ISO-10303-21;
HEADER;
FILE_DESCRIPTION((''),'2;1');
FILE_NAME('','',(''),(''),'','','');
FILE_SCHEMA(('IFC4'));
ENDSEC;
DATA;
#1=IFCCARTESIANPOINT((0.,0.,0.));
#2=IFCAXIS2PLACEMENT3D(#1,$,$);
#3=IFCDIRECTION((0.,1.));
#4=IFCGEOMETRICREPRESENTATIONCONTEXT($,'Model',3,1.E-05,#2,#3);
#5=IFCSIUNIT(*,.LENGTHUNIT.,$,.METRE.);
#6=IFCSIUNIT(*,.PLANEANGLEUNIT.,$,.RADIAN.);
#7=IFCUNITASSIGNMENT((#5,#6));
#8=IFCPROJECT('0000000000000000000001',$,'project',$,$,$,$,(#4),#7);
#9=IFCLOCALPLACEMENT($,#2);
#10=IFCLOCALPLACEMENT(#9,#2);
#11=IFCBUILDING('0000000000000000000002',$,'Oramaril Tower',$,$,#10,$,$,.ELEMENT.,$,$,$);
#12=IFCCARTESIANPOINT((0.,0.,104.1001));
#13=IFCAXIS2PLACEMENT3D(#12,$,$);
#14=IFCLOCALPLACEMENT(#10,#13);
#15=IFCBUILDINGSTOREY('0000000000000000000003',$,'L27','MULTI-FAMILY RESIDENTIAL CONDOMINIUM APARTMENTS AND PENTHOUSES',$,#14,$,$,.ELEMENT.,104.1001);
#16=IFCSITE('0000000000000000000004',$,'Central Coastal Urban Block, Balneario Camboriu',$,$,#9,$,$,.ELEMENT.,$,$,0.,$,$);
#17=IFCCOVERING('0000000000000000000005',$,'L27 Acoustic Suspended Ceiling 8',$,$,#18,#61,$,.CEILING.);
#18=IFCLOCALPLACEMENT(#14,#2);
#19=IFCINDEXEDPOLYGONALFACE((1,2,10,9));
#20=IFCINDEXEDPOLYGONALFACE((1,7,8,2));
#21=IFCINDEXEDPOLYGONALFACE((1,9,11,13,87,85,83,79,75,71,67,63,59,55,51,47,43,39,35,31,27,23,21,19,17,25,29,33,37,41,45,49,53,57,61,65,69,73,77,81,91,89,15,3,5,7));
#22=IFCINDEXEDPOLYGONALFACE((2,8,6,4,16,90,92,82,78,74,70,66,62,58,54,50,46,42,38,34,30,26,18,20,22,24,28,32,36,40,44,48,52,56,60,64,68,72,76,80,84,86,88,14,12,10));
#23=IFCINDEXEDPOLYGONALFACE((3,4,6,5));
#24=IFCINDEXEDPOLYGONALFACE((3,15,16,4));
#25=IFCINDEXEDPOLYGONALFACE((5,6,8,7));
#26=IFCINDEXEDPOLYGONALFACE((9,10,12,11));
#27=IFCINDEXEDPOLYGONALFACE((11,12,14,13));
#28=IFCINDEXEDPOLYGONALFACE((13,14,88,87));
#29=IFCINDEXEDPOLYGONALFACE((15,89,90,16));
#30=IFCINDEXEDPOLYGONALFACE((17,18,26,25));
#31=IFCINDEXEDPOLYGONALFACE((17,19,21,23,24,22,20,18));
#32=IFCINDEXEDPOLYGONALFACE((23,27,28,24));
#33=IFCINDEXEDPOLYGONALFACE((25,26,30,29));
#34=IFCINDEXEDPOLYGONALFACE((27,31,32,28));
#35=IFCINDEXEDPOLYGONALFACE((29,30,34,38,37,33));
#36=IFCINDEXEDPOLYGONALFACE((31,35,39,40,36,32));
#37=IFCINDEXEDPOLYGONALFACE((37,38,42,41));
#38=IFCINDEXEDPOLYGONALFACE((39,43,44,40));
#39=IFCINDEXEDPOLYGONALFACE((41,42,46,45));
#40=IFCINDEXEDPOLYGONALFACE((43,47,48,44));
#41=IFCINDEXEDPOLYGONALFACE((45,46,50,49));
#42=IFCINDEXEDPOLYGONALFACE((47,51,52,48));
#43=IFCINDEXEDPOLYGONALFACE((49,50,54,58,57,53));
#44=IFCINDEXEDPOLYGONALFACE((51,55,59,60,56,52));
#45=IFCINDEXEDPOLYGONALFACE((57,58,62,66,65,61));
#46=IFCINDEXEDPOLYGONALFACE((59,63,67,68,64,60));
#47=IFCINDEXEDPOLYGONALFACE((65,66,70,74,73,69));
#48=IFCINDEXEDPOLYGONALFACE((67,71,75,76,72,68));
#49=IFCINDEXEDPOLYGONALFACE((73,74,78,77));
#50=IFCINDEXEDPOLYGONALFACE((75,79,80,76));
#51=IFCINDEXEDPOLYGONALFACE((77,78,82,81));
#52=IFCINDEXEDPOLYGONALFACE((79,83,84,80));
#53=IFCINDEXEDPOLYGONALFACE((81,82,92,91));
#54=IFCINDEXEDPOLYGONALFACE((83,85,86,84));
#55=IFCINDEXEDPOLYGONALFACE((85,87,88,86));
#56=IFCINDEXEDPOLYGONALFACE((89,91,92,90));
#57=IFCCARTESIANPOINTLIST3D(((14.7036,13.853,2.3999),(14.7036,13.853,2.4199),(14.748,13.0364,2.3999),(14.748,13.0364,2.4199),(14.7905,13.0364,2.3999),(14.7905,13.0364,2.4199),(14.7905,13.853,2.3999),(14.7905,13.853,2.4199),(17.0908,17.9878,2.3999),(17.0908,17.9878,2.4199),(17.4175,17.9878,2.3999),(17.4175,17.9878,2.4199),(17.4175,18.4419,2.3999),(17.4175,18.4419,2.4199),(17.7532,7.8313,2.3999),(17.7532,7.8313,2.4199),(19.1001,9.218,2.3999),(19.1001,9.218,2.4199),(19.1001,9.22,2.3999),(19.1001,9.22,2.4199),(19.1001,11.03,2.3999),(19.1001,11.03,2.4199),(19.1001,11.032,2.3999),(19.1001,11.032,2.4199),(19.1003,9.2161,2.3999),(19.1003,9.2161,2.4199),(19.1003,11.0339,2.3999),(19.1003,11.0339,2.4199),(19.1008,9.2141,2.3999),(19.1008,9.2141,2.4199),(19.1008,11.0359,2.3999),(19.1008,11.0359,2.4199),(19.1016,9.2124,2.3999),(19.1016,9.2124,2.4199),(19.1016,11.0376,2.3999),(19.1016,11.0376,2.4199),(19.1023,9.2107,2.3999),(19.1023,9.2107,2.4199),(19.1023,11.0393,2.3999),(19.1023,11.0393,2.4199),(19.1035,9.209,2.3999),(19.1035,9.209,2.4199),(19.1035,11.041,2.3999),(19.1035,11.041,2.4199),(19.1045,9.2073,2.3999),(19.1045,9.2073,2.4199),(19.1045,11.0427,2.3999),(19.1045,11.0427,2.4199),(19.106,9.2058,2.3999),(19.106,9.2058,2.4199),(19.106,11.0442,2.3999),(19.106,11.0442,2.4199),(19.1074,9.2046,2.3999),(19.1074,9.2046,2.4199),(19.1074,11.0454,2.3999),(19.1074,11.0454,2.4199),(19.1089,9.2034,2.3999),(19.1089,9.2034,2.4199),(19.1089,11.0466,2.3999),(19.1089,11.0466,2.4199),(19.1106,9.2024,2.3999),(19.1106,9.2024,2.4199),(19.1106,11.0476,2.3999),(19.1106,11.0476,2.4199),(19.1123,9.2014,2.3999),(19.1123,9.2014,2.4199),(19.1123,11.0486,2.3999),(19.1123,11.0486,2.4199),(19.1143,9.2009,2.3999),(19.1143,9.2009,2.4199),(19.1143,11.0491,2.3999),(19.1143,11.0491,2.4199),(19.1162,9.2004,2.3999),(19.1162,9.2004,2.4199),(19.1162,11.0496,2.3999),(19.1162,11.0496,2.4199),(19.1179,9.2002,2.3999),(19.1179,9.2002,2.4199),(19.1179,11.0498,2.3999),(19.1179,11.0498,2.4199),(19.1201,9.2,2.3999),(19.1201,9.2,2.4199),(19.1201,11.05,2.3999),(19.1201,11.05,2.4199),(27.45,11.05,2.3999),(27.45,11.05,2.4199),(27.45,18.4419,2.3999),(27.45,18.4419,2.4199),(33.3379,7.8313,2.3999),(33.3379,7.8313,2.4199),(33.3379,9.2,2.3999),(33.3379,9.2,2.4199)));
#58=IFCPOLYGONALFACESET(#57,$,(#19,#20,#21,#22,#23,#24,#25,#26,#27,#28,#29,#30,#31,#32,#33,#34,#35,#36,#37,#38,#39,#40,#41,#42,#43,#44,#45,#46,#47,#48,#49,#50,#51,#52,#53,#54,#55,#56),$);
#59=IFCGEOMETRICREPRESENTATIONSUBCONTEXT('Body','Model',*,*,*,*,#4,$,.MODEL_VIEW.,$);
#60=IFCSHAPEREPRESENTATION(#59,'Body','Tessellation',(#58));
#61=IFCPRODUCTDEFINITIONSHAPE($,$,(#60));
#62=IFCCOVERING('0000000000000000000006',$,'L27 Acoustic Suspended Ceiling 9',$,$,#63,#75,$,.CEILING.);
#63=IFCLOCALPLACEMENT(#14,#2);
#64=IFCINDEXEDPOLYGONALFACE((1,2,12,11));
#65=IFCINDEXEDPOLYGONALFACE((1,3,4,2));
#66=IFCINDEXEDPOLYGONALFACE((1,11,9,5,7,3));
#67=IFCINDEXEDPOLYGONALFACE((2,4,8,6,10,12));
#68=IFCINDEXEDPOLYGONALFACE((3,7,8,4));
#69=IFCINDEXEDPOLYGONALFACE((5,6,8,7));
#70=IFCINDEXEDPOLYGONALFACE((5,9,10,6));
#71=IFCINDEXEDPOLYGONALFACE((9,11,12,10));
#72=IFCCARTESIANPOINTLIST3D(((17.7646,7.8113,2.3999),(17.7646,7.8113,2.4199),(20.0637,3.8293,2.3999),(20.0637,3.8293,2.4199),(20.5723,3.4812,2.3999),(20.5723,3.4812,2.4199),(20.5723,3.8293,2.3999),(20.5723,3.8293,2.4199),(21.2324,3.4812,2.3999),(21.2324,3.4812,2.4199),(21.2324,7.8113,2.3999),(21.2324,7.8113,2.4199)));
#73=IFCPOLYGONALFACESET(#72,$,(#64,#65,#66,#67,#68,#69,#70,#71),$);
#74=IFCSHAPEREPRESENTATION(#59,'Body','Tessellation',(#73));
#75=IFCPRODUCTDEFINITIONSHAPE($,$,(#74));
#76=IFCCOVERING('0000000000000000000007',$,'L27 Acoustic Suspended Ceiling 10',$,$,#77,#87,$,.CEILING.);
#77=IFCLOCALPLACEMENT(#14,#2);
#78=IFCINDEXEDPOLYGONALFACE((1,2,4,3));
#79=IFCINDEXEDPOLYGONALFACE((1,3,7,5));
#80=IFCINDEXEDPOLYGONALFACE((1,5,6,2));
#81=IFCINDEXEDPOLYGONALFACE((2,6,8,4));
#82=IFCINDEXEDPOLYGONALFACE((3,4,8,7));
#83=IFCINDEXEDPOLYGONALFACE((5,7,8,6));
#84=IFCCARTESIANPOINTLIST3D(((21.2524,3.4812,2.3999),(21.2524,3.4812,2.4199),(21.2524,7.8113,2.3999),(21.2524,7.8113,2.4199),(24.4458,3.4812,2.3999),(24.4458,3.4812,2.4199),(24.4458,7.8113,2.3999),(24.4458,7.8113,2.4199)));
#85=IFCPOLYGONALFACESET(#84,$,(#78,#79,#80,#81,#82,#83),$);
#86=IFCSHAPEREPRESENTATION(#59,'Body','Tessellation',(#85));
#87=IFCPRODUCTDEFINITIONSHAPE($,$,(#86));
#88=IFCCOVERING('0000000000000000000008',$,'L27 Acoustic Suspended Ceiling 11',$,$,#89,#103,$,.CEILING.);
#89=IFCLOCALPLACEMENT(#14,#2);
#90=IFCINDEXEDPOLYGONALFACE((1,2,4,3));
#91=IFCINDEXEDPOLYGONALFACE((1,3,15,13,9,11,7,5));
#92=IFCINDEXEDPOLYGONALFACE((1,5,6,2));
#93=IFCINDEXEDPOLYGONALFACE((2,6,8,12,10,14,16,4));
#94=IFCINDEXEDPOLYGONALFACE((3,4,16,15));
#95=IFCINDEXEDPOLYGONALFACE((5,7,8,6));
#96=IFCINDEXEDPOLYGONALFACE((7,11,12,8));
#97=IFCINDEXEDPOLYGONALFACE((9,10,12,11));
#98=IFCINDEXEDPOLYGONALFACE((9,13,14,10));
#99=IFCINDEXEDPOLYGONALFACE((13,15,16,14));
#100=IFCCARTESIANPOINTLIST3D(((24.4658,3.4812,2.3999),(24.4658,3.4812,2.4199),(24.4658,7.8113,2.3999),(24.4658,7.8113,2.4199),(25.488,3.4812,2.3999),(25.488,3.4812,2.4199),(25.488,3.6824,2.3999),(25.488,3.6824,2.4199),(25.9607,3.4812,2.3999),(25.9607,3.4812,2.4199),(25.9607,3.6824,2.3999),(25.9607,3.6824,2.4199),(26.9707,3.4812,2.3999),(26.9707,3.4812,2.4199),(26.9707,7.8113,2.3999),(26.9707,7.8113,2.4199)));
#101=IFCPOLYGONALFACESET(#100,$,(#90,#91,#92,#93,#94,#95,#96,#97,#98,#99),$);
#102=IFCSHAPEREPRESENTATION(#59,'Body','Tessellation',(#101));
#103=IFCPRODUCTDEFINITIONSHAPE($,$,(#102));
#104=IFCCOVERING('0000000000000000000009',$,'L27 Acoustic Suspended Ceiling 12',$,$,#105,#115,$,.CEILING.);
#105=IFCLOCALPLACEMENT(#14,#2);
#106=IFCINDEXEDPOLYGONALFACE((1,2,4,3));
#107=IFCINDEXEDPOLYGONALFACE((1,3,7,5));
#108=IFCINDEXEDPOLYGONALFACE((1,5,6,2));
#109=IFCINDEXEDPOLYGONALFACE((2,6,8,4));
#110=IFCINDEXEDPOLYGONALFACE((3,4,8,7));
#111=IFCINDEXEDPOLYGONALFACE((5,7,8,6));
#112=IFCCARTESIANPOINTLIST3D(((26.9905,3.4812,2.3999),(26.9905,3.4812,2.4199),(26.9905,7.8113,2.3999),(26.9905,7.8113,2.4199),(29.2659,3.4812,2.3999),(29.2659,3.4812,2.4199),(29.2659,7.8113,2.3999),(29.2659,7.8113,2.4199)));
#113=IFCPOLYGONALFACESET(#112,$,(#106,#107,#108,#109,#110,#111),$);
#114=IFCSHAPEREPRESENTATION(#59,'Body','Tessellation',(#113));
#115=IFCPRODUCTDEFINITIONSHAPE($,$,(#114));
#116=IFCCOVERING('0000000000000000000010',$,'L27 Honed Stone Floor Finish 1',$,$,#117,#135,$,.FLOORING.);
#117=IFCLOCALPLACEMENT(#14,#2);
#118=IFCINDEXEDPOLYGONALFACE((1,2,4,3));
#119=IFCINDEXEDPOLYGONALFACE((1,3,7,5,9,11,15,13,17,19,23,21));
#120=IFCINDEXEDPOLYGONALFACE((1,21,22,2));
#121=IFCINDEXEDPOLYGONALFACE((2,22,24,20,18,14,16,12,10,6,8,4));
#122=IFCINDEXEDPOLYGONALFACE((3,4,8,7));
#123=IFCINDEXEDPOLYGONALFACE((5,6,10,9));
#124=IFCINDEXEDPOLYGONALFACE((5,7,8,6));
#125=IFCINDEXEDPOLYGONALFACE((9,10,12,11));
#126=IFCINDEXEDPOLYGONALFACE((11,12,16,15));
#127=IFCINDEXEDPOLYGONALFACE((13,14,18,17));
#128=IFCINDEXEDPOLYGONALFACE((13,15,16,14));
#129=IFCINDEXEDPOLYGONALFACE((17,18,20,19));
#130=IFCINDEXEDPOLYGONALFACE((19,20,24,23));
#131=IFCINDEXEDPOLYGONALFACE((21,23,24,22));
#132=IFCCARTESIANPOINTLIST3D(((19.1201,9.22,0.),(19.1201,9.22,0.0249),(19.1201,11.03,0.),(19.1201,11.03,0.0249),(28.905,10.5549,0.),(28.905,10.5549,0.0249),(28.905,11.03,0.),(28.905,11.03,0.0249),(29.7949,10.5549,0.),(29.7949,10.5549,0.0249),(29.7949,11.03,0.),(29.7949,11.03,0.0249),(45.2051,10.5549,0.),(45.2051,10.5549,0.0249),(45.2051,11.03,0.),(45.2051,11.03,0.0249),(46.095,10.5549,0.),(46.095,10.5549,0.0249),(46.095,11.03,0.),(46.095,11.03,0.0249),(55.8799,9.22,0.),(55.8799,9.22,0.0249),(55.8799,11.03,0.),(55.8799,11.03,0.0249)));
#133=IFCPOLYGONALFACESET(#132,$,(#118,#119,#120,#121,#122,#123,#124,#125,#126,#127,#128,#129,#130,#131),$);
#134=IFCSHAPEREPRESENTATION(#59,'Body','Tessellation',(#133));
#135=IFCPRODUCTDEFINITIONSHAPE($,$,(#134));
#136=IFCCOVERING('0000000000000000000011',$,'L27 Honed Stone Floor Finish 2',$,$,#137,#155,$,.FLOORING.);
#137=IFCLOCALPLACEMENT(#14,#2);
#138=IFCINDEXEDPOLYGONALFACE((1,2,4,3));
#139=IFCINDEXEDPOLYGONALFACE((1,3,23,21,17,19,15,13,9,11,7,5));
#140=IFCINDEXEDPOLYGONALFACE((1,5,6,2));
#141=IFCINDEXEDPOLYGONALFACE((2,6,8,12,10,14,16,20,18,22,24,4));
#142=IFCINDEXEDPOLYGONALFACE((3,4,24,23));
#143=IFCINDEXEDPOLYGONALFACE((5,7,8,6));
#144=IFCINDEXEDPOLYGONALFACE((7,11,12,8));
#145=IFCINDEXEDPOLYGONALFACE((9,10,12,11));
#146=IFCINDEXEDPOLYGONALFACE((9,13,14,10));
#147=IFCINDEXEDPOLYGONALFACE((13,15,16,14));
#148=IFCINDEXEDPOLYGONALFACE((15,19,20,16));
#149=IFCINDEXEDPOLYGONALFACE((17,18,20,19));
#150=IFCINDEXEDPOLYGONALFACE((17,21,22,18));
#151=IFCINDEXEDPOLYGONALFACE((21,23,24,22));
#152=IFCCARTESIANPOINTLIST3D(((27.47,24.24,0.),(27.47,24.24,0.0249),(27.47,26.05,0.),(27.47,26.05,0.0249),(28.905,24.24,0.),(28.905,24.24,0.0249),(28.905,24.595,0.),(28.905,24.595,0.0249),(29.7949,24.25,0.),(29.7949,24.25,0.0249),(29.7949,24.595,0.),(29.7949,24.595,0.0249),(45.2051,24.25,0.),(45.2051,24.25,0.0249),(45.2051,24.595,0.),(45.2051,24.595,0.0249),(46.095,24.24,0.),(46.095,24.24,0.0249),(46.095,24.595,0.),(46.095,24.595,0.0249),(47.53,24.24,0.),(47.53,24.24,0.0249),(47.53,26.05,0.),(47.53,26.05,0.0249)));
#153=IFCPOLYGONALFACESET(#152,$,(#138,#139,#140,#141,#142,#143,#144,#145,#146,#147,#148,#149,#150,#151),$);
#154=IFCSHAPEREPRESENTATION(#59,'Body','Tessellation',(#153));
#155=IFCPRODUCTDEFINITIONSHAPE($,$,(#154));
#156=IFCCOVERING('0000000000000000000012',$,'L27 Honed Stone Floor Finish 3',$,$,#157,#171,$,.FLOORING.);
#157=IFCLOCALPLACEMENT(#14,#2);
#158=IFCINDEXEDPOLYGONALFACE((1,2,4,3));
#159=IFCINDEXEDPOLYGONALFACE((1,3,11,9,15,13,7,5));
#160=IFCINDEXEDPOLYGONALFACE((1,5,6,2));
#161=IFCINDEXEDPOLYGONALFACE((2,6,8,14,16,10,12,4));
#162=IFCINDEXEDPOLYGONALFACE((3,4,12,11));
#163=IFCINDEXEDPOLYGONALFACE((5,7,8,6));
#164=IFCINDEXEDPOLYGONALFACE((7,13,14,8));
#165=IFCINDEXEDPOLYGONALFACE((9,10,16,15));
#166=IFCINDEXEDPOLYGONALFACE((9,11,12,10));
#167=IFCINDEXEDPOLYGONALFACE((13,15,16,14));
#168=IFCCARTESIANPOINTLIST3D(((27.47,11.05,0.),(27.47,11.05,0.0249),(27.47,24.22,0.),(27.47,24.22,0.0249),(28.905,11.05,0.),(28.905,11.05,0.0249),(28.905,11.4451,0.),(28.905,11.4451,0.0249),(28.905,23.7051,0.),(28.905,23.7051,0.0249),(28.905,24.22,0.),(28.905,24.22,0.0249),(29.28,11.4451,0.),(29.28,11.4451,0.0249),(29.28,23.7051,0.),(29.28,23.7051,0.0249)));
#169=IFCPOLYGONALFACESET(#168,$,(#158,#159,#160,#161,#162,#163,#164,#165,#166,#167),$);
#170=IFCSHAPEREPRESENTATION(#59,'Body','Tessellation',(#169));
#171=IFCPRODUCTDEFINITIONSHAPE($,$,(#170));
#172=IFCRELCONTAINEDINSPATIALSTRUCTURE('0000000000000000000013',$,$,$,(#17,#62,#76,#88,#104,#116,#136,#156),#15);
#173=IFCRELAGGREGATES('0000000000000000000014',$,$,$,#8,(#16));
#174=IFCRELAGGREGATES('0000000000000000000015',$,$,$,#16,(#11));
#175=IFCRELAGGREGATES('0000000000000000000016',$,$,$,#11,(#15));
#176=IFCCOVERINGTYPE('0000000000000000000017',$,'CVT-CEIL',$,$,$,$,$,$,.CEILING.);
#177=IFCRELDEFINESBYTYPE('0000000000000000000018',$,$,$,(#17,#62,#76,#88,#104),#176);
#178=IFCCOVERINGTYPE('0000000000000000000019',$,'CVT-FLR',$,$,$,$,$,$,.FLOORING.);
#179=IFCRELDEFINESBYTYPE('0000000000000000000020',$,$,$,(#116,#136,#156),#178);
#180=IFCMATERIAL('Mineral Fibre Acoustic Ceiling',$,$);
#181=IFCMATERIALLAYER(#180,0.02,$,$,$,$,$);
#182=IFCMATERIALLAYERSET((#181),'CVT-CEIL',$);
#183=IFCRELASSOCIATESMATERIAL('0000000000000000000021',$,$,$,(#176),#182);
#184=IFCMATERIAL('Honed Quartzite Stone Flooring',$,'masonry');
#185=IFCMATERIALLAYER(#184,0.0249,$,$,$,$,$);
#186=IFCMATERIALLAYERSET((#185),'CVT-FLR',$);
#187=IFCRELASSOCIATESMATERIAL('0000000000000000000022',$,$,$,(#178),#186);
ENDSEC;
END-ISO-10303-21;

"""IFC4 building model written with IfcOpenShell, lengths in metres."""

from ifc_helpers import new_model, si_unit, direction, frame, origin, place, context, subcontext, project, spatial, polyline, outline, extrude, material, layer, layer_set, type_object, element, save


model = new_model("IFC4")

# Units and contexts
model_context = context("Model", 3, precision=1e-05, world=origin(), true_north=direction((0.0, 1.0)))
body_context = subcontext(model_context, "Body", "Model", "MODEL_VIEW")
ifc_project = project(units=[si_unit("LENGTHUNIT", "METRE"), si_unit("PLANEANGLEUNIT", "RADIAN")], contexts=[model_context])

# Site, building, storey
site_placement = place(None, origin())
site = spatial("IfcSite", under=ifc_project, at=site_placement, Name="Central Coastal Urban Block, Balneario Camboriu", CompositionType="ELEMENT", RefElevation=0.0)
building_placement = place(site_placement, origin())
building = spatial("IfcBuilding", under=site, at=building_placement, Name="Oramaril Tower", CompositionType="ELEMENT")
storey_placement = place(building_placement, frame((0.0, 0.0, 104.1001)))
storey = spatial("IfcBuildingStorey", under=building, at=storey_placement, Name="L27", Description="MULTI-FAMILY RESIDENTIAL CONDOMINIUM APARTMENTS AND PENTHOUSES", CompositionType="ELEMENT", Elevation=104.1001)

# Coverings
ifc_material_1 = material(Name="Mineral Fibre Acoustic Ceiling")
ifc_layer_1 = layer(ifc_material_1, 0.02)
ifc_layer_set_1 = layer_set([ifc_layer_1], Name="CVT-CEIL")
covering_type_1 = type_object("IfcCoveringType", Name="CVT-CEIL", PredefinedType="CEILING", material=ifc_layer_set_1)
covering_1_placement = place(storey_placement, frame((0.0, 0.0, 2.3999)))
element("IfcCovering", 1, at=covering_1_placement, inside=storey, type_object=covering_type_1, Name="L27 Acoustic Suspended Ceiling 8", PredefinedType="CEILING", context=body_context, shape_type="SweptSolid", body=[
    extrude(outline(polyline([(17.4175, 17.9878), (17.4175, 18.4419), (27.45, 18.4419), (27.45, 11.05), (19.1201, 11.05), (19.1179, 11.0498), (19.1162, 11.0496), (19.1143, 11.0491), (19.1123, 11.0486), (19.1106, 11.0476), (19.1089, 11.0466), (19.1074, 11.0454), (19.106, 11.0442), (19.1045, 11.0427), (19.1035, 11.041), (19.1023, 11.0393), (19.1016, 11.0376), (19.1008, 11.0359), (19.1003, 11.0339), (19.1001, 11.032), (19.1001, 11.03), (19.1001, 9.22), (19.1001, 9.218), (19.1003, 9.2161), (19.1008, 9.2141), (19.1016, 9.2124), (19.1023, 9.2107), (19.1035, 9.209), (19.1045, 9.2073), (19.106, 9.2058), (19.1074, 9.2046), (19.1089, 9.2034), (19.1106, 9.2024), (19.1123, 9.2014), (19.1143, 9.2009), (19.1162, 9.2004), (19.1179, 9.2002), (19.1201, 9.2), (33.3379, 9.2), (33.3379, 7.8313), (17.7532, 7.8313), (14.748, 13.0364), (14.7905, 13.0364), (14.7905, 13.853), (14.7036, 13.853), (17.0908, 17.9878), (17.4175, 17.9878)])), origin(), (0.0, 0.0, 1.0), 0.02),
])
covering_2_placement = place(storey_placement, frame((0.0, 0.0, 2.3999)))
element("IfcCovering", 2, at=covering_2_placement, inside=storey, type_object=covering_type_1, Name="L27 Acoustic Suspended Ceiling 9", PredefinedType="CEILING", context=body_context, shape_type="SweptSolid", body=[
    extrude(outline(polyline([(20.5723, 3.4812), (20.5723, 3.8293), (20.0637, 3.8293), (17.7646, 7.8113), (21.2324, 7.8113), (21.2324, 3.4812), (20.5723, 3.4812)])), origin(), (0.0, 0.0, 1.0), 0.02),
])
covering_3_placement = place(storey_placement, frame((0.0, 0.0, 2.3999)))
element("IfcCovering", 3, at=covering_3_placement, inside=storey, type_object=covering_type_1, Name="L27 Acoustic Suspended Ceiling 10", PredefinedType="CEILING", context=body_context, shape_type="SweptSolid", body=[
    extrude(outline(polyline([(21.2524, 3.4812), (21.2524, 7.8113), (24.4458, 7.8113), (24.4458, 3.4812), (21.2524, 3.4812)])), origin(), (0.0, 0.0, 1.0), 0.02),
])
covering_4_placement = place(storey_placement, frame((0.0, 0.0, 2.3999)))
element("IfcCovering", 4, at=covering_4_placement, inside=storey, type_object=covering_type_1, Name="L27 Acoustic Suspended Ceiling 11", PredefinedType="CEILING", context=body_context, shape_type="SweptSolid", body=[
    extrude(outline(polyline([(25.9607, 3.4812), (25.9607, 3.6824), (25.488, 3.6824), (25.488, 3.4812), (24.4658, 3.4812), (24.4658, 7.8113), (26.9707, 7.8113), (26.9707, 3.4812), (25.9607, 3.4812)])), origin(), (0.0, 0.0, 1.0), 0.02),
])
covering_5_placement = place(storey_placement, frame((0.0, 0.0, 2.3999)))
element("IfcCovering", 5, at=covering_5_placement, inside=storey, type_object=covering_type_1, Name="L27 Acoustic Suspended Ceiling 12", PredefinedType="CEILING", context=body_context, shape_type="SweptSolid", body=[
    extrude(outline(polyline([(26.9905, 3.4812), (26.9905, 7.8113), (29.2659, 7.8113), (29.2659, 3.4812), (26.9905, 3.4812)])), origin(), (0.0, 0.0, 1.0), 0.02),
])
ifc_material_2 = material(Name="Honed Quartzite Stone Flooring", Category="masonry")
ifc_layer_2 = layer(ifc_material_2, 0.0249)
ifc_layer_set_2 = layer_set([ifc_layer_2], Name="CVT-FLR")
covering_type_2 = type_object("IfcCoveringType", Name="CVT-FLR", PredefinedType="FLOORING", material=ifc_layer_set_2)
covering_6_placement = place(storey_placement, origin())
element("IfcCovering", 6, at=covering_6_placement, inside=storey, type_object=covering_type_2, Name="L27 Honed Stone Floor Finish 1", PredefinedType="FLOORING", context=body_context, shape_type="SweptSolid", body=[
    extrude(outline(polyline([(28.905, 10.5549), (29.7949, 10.5549), (29.7949, 11.03), (45.2051, 11.03), (45.2051, 10.5549), (46.095, 10.5549), (46.095, 11.03), (55.8799, 11.03), (55.8799, 9.22), (19.1201, 9.22), (19.1201, 11.03), (28.905, 11.03), (28.905, 10.5549)])), origin(), (0.0, 0.0, 1.0), 0.0249),
])
covering_7_placement = place(storey_placement, origin())
element("IfcCovering", 7, at=covering_7_placement, inside=storey, type_object=covering_type_2, Name="L27 Honed Stone Floor Finish 2", PredefinedType="FLOORING", context=body_context, shape_type="SweptSolid", body=[
    extrude(outline(polyline([(47.53, 24.24), (46.095, 24.24), (46.095, 24.595), (45.2051, 24.595), (45.2051, 24.25), (29.7949, 24.25), (29.7949, 24.595), (28.905, 24.595), (28.905, 24.24), (27.47, 24.24), (27.47, 26.05), (47.53, 26.05), (47.53, 24.24)])), origin(), (0.0, 0.0, 1.0), 0.0249),
])
covering_8_placement = place(storey_placement, origin())
element("IfcCovering", 8, at=covering_8_placement, inside=storey, type_object=covering_type_2, Name="L27 Honed Stone Floor Finish 3", PredefinedType="FLOORING", context=body_context, shape_type="SweptSolid", body=[
    extrude(outline(polyline([(28.905, 23.7051), (29.28, 23.7051), (29.28, 11.4451), (28.905, 11.4451), (28.905, 11.05), (27.47, 11.05), (27.47, 24.22), (28.905, 24.22), (28.905, 23.7051)])), origin(), (0.0, 0.0, 1.0), 0.0249),
])

save(model, "model.ifc")
